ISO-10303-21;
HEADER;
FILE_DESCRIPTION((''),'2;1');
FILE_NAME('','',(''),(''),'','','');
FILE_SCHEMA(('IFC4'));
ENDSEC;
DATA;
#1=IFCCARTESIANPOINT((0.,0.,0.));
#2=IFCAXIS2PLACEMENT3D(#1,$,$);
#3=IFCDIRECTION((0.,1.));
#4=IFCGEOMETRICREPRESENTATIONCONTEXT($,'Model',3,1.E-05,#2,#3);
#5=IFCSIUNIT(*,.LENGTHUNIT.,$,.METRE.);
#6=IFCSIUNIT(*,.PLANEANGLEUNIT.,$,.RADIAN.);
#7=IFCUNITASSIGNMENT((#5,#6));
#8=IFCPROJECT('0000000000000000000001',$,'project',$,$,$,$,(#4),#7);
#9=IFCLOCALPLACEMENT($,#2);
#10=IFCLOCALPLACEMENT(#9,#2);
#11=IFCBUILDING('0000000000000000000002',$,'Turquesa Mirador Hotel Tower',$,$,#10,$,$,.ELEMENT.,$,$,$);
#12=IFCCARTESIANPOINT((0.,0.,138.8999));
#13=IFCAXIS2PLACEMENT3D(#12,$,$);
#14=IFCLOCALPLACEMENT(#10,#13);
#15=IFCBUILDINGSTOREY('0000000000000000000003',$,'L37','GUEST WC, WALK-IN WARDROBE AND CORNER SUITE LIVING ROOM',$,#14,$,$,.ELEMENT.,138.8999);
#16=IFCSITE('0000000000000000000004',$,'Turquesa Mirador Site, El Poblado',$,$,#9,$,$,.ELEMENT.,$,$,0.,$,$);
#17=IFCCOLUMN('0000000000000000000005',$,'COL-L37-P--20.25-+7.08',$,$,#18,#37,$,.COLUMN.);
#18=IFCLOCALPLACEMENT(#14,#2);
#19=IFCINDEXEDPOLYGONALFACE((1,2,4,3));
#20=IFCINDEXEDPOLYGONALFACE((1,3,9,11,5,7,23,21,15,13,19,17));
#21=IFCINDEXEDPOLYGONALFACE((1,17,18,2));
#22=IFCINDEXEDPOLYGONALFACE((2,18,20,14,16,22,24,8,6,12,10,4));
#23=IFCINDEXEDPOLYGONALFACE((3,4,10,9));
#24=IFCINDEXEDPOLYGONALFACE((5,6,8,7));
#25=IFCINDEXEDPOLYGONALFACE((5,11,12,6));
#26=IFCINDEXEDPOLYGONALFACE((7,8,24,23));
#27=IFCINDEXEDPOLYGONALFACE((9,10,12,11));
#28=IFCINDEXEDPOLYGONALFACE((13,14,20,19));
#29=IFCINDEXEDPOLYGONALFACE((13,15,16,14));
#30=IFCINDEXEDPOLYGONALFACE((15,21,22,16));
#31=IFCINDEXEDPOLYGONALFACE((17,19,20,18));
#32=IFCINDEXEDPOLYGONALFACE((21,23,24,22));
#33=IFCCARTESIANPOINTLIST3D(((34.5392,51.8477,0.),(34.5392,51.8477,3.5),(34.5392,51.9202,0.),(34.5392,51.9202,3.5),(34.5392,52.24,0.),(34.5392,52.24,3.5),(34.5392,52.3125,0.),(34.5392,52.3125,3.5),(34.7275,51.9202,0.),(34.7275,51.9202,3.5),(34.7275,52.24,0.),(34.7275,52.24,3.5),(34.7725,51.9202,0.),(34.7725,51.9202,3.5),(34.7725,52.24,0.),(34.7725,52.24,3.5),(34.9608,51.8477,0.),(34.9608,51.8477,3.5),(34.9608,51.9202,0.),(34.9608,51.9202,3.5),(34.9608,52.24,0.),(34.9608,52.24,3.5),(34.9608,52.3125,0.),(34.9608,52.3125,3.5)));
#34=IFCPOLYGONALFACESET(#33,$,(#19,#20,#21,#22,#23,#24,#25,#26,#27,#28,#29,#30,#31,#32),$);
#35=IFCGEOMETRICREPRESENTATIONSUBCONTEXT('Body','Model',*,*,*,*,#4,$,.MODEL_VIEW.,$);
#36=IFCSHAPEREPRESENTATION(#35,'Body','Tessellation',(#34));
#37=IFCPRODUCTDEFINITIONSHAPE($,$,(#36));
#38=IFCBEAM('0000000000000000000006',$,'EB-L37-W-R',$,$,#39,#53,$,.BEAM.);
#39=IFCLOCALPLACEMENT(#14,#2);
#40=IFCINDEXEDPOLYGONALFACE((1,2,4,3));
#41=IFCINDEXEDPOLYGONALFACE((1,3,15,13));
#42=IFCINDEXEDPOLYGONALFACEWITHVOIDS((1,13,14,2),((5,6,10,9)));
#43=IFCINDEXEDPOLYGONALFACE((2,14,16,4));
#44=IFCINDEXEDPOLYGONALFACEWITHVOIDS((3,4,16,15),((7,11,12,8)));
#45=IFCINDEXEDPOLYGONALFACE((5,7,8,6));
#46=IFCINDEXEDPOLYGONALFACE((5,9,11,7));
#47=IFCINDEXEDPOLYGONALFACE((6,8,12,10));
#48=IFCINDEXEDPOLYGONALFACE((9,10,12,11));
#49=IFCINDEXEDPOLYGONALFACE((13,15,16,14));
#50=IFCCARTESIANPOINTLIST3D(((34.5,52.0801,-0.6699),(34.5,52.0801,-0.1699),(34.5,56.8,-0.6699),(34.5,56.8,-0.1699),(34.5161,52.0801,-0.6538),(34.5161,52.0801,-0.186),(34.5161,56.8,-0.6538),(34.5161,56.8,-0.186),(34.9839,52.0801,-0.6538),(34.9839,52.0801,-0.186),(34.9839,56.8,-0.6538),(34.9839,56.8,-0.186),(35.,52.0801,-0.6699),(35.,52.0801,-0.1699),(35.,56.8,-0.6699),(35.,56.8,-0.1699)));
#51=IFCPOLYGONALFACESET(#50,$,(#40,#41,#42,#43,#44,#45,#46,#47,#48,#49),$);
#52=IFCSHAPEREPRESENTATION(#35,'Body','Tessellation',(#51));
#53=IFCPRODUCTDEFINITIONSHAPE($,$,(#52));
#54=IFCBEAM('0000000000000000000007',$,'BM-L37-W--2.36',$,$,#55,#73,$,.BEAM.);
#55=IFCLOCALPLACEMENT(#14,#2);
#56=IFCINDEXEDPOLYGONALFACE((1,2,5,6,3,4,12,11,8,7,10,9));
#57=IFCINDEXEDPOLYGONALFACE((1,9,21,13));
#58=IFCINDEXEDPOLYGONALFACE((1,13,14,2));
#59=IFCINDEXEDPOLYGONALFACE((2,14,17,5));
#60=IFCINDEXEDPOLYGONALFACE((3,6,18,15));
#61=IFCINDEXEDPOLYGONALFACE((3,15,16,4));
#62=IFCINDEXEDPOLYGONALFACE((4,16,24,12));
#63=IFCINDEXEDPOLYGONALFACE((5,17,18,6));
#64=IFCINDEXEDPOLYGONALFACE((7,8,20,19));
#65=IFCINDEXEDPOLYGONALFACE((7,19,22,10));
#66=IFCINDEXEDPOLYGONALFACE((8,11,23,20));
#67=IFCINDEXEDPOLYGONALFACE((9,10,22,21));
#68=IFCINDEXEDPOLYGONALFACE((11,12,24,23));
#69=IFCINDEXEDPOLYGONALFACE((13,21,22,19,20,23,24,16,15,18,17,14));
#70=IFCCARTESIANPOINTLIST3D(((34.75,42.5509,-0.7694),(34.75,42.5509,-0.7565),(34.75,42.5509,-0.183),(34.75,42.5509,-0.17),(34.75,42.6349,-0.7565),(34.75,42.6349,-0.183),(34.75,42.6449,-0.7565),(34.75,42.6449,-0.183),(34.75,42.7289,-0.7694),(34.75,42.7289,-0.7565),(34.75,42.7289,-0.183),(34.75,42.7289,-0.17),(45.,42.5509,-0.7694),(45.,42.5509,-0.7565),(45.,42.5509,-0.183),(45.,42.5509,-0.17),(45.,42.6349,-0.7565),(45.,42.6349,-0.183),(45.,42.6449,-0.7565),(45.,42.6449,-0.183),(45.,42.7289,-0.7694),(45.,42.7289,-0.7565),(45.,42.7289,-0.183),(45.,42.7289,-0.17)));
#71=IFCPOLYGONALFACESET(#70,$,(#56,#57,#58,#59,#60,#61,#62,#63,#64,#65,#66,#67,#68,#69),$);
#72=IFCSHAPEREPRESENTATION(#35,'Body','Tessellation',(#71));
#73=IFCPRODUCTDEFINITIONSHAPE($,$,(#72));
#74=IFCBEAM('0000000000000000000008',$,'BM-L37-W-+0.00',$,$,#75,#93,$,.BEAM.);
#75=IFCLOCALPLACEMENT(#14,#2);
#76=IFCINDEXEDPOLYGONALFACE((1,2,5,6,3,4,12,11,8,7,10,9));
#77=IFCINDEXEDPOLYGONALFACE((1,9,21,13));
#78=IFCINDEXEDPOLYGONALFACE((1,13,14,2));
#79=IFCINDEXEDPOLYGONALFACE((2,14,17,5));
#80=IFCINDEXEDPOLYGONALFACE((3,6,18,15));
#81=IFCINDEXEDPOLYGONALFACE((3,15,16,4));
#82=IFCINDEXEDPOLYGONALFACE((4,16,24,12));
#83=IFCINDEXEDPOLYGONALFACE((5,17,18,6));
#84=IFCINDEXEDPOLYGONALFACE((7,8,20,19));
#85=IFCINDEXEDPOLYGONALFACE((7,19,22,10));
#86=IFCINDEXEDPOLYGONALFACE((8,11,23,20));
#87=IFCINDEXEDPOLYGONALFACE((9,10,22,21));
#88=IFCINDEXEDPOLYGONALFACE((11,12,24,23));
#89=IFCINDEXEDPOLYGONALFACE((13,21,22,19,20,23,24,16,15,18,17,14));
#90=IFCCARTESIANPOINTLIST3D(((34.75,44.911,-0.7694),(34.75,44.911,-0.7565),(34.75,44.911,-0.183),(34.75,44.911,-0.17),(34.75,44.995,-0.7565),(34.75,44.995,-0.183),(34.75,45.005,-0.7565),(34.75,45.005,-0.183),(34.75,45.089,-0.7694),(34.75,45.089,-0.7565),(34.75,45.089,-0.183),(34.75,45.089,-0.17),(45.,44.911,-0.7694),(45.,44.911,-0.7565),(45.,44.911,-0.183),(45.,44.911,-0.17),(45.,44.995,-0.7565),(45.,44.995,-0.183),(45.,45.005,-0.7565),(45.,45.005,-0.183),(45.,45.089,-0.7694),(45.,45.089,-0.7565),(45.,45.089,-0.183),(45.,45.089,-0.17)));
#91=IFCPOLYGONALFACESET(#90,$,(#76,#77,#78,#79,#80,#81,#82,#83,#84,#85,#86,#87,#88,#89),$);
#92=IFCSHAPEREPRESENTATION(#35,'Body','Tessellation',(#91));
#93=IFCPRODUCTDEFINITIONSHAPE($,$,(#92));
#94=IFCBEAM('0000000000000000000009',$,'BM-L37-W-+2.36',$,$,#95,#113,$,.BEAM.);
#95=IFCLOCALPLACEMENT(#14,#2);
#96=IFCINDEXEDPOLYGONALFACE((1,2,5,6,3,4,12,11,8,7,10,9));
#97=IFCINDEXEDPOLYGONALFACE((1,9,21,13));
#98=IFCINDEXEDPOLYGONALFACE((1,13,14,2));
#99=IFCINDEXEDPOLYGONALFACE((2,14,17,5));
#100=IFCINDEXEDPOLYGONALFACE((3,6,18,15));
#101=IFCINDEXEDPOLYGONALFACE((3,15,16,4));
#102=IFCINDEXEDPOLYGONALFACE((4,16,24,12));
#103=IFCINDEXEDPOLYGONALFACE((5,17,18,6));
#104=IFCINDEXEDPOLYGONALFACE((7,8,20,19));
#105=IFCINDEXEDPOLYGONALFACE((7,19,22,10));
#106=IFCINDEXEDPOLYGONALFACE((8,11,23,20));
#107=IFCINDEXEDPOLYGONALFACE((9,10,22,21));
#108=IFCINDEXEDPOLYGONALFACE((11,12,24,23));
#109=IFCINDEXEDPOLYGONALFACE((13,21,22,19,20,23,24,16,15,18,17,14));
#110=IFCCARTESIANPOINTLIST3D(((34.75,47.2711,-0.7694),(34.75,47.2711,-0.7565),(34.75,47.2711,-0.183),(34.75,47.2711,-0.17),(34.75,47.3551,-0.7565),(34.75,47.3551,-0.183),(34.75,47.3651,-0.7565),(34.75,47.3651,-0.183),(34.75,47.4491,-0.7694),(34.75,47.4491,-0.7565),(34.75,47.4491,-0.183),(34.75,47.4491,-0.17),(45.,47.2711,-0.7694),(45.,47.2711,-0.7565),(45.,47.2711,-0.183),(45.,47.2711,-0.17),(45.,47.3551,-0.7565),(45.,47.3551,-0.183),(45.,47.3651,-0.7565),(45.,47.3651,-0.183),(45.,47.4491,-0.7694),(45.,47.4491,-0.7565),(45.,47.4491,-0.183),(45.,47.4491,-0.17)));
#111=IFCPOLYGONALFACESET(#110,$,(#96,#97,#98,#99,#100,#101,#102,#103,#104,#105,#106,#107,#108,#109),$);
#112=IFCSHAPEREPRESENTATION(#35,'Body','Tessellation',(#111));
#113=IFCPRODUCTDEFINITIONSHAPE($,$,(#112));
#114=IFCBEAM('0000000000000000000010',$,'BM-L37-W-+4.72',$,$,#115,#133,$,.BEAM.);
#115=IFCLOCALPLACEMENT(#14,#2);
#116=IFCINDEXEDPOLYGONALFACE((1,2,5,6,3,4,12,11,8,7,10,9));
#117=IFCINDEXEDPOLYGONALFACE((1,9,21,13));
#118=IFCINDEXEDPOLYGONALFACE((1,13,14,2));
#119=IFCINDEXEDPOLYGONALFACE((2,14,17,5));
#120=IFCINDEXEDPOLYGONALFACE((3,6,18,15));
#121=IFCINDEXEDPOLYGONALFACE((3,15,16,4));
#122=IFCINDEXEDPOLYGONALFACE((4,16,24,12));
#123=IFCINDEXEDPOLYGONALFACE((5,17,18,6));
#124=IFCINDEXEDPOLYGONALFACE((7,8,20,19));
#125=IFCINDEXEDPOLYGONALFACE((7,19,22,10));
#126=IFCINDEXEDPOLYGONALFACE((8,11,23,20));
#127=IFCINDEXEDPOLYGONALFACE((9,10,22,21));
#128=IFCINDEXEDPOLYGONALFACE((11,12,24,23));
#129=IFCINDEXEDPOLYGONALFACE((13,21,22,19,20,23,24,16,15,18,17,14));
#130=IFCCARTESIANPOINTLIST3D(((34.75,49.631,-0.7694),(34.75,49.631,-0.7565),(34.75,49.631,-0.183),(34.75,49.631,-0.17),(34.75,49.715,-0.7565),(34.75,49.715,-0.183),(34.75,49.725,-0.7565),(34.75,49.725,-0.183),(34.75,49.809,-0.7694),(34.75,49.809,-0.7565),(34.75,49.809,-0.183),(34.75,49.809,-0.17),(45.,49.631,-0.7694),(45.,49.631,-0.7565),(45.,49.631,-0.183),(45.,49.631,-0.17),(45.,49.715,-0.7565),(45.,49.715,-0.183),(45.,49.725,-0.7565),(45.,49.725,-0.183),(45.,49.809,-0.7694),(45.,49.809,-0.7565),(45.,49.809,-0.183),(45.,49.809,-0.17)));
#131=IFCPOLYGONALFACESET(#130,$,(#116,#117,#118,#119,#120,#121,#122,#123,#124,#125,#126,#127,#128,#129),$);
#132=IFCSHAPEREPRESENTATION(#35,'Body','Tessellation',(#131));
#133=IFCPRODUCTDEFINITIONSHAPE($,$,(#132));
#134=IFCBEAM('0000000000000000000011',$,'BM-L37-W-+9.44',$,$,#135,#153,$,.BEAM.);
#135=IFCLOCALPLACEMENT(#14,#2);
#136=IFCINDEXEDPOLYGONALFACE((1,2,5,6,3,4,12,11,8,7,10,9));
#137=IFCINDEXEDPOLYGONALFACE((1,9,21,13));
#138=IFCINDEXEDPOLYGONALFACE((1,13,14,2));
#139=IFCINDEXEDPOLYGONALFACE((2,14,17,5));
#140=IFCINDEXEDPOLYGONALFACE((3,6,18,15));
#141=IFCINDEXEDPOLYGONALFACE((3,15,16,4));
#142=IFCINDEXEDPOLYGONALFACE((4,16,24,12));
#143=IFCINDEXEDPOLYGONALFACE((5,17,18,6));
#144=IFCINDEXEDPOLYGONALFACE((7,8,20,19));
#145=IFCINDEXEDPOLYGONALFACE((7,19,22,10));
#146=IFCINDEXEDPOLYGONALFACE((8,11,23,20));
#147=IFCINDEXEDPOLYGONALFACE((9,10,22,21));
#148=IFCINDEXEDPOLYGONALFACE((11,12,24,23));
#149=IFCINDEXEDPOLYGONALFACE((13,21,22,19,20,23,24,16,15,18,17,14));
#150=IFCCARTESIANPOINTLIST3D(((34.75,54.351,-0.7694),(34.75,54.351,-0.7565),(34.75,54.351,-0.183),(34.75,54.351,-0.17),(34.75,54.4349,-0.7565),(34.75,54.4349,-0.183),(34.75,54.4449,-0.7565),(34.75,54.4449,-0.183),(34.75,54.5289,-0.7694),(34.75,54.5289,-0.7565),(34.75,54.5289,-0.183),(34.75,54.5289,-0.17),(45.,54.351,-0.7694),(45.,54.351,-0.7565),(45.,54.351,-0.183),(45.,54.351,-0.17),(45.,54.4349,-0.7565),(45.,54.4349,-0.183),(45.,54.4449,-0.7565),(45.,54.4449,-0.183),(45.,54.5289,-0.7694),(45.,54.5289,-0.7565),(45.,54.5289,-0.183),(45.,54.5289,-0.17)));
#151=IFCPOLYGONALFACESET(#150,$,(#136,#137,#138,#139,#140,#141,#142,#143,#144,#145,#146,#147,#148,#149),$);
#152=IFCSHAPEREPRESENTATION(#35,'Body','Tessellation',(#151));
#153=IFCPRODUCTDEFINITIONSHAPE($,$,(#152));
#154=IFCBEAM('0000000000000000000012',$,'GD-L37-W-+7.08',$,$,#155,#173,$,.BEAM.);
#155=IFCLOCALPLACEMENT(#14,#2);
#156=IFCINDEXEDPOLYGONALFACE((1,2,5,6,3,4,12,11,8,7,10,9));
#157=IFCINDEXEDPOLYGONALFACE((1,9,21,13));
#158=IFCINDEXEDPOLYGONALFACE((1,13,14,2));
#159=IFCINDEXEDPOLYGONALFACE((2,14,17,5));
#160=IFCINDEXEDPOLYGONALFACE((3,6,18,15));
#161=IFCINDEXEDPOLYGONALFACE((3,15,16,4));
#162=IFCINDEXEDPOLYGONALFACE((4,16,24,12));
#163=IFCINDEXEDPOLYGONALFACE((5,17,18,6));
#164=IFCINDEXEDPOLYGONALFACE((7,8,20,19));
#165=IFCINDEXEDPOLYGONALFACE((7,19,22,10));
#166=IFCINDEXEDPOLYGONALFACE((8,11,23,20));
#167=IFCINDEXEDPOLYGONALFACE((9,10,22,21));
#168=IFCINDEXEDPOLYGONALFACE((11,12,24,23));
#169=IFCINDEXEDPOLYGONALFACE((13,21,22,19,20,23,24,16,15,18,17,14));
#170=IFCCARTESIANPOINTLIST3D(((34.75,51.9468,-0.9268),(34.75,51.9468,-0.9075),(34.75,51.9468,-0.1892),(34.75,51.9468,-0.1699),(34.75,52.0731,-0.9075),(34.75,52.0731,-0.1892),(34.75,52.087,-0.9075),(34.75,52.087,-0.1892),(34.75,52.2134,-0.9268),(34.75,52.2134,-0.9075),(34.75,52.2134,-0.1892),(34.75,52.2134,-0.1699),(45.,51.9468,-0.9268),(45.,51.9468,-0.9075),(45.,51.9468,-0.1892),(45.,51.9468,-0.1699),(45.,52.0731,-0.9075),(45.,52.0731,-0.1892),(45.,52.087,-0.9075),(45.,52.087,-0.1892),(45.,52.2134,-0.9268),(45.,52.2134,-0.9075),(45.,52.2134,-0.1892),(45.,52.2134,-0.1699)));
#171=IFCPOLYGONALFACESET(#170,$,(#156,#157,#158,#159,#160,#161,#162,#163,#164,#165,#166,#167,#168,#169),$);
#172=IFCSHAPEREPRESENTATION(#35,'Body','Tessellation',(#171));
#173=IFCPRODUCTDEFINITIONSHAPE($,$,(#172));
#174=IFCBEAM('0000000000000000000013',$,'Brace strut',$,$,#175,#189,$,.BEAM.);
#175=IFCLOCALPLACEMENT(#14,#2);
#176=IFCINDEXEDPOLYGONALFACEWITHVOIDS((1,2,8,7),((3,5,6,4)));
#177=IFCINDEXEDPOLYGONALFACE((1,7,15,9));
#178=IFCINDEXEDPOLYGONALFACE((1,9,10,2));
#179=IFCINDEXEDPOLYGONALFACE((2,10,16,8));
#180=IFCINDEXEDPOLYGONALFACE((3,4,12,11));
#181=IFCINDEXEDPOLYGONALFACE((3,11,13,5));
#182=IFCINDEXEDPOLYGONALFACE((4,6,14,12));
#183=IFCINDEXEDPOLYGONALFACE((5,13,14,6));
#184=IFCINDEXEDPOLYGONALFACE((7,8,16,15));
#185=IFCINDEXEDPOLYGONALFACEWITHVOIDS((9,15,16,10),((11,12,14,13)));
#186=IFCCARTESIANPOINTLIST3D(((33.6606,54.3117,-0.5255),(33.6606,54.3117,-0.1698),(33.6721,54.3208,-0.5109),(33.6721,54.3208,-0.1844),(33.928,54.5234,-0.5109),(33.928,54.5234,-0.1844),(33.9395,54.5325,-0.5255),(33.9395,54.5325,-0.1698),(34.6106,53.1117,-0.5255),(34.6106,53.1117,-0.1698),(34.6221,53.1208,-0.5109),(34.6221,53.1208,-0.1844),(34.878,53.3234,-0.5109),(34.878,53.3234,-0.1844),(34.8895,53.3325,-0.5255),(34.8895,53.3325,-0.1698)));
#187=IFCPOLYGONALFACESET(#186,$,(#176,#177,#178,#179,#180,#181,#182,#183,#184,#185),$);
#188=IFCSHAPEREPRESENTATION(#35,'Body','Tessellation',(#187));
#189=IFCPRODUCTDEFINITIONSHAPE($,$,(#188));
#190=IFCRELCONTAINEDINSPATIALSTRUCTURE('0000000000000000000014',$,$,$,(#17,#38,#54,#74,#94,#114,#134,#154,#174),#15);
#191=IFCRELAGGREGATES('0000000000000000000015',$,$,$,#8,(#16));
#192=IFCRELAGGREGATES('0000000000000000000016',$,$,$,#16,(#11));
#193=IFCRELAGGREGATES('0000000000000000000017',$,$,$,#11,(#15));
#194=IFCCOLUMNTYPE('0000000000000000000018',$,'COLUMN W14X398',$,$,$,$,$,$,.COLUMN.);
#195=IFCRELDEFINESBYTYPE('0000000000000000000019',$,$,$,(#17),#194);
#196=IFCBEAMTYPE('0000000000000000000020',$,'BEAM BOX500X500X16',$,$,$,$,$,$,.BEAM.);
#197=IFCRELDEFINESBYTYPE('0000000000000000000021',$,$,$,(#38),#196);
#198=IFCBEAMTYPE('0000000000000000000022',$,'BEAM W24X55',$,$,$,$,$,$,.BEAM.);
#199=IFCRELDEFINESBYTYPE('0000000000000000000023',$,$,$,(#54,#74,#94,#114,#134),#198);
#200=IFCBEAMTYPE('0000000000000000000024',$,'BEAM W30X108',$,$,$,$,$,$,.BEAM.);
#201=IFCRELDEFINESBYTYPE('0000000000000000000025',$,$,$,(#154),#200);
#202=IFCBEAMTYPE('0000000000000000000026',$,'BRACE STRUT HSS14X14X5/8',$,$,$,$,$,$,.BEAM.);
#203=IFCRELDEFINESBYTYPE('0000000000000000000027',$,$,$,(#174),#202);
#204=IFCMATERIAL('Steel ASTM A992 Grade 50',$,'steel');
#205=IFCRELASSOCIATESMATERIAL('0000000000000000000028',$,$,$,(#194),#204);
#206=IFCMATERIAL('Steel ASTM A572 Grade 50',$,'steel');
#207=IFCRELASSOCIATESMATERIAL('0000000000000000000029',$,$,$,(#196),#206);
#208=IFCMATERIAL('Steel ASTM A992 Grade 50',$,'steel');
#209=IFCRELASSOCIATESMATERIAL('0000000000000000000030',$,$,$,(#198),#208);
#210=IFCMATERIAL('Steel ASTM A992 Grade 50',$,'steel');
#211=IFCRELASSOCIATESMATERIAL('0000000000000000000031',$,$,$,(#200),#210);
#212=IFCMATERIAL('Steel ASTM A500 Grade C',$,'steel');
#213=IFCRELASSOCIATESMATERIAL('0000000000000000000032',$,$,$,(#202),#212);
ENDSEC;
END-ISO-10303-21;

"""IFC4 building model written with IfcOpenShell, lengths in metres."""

from ifc_helpers import new_model, si_unit, direction, frame, origin, origin_2d, place, context, subcontext, project, spatial, hollow_rectangle, i_section, extrude, material, material_profile, profile_set, type_object, element, save


model = new_model("IFC4")

# Units and contexts
model_context = context("Model", 3, precision=1e-05, world=origin(), true_north=direction((0.0, 1.0)))
body_context = subcontext(model_context, "Body", "Model", "MODEL_VIEW")
ifc_project = project(units=[si_unit("LENGTHUNIT", "METRE"), si_unit("PLANEANGLEUNIT", "RADIAN")], contexts=[model_context])

# Site, building, storey
site_placement = place(None, origin())
site = spatial("IfcSite", under=ifc_project, at=site_placement, Name="Turquesa Mirador Site, El Poblado", CompositionType="ELEMENT", RefElevation=0.0)
building_placement = place(site_placement, origin())
building = spatial("IfcBuilding", under=site, at=building_placement, Name="Turquesa Mirador Hotel Tower", CompositionType="ELEMENT")
storey_placement = place(building_placement, frame((0.0, 0.0, 138.8999)))
storey = spatial("IfcBuildingStorey", under=building, at=storey_placement, Name="L37", Description="GUEST WC, WALK-IN WARDROBE AND CORNER SUITE LIVING ROOM", CompositionType="ELEMENT", Elevation=138.8999)

# Column
ifc_material_1 = material(Name="Steel ASTM A992 Grade 50", Category="steel")
ifc_material_profile_1 = material_profile(ifc_material_1, i_section(OverallWidth=0.4216, OverallDepth=0.4648, WebThickness=0.0449, FlangeThickness=0.0725, at=origin_2d()), Name="W14X398")
ifc_profile_set_1 = profile_set([ifc_material_profile_1], Name="Steel ASTM A992 Grade 50")
column_type = type_object("IfcColumnType", Name="COLUMN W14X398", PredefinedType="COLUMN", material=ifc_profile_set_1)
column_placement = place(storey_placement, frame((34.75, 52.0801, 0.0), z_axis=(0.0, 0.0, 1.0), x_axis=(1.0, 0.0, 0.0)))
element("IfcColumn", 1, at=column_placement, inside=storey, type_object=column_type, Name="COL-L37-P--20.25-+7.08", PredefinedType="COLUMN", context=body_context, shape_type="SweptSolid", body=[
    extrude(i_section(OverallWidth=0.4216, OverallDepth=0.4648, WebThickness=0.0449, FlangeThickness=0.0725, at=origin_2d()), origin(), (0.0, 0.0, 1.0), 3.5),
])

# Beams
ifc_material_2 = material(Name="Steel ASTM A572 Grade 50", Category="steel")
ifc_material_profile_2 = material_profile(ifc_material_2, hollow_rectangle(XDim=0.5, YDim=0.5, WallThickness=0.0161, at=origin_2d()), Name="BOX500X500X16")
ifc_profile_set_2 = profile_set([ifc_material_profile_2], Name="Steel ASTM A572 Grade 50")
beam_type_1 = type_object("IfcBeamType", Name="BEAM BOX500X500X16", PredefinedType="BEAM", material=ifc_profile_set_2)
beam_1_placement = place(storey_placement, frame((34.75, 52.0801, -0.4199), z_axis=(0.0, 1.0, 0.0), x_axis=(-1.0, 0.0, 0.0)))
element("IfcBeam", 2, at=beam_1_placement, inside=storey, type_object=beam_type_1, Name="EB-L37-W-R", PredefinedType="BEAM", context=body_context, shape_type="SweptSolid", body=[
    extrude(hollow_rectangle(XDim=0.5, YDim=0.5, WallThickness=0.0161, at=origin_2d()), origin(), (0.0, 0.0, 1.0), 4.72),
])
ifc_material_3 = material(Name="Steel ASTM A992 Grade 50", Category="steel")
ifc_material_profile_3 = material_profile(ifc_material_3, i_section(OverallWidth=0.178, OverallDepth=0.5994, WebThickness=0.01, FlangeThickness=0.0129, at=origin_2d()), Name="W24X55")
ifc_profile_set_3 = profile_set([ifc_material_profile_3], Name="Steel ASTM A992 Grade 50")
beam_type_2 = type_object("IfcBeamType", Name="BEAM W24X55", PredefinedType="BEAM", material=ifc_profile_set_3)
for number, where, z_axis, x_axis, name in (
    (3, (34.75, 42.6399, -0.4697), (1.0, 0.0, 0.0), (0.0, 1.0, 0.0), "BM-L37-W--2.36"),
    (4, (34.75, 45.0, -0.4697), (1.0, 0.0, 0.0), (0.0, 1.0, 0.0), "BM-L37-W-+0.00"),
    (5, (34.75, 47.3601, -0.4697), (1.0, 0.0, 0.0), (0.0, 1.0, 0.0), "BM-L37-W-+2.36"),
    (6, (34.75, 49.72, -0.4697), (1.0, 0.0, 0.0), (0.0, 1.0, 0.0), "BM-L37-W-+4.72"),
    (7, (34.75, 54.4399, -0.4697), (1.0, 0.0, 0.0), (0.0, 1.0, 0.0), "BM-L37-W-+9.44"),
):
    element("IfcBeam", number, at=place(storey_placement, frame(where, z_axis=z_axis, x_axis=x_axis)), inside=storey, type_object=beam_type_2, Name=name, PredefinedType="BEAM", context=body_context, shape_type="SweptSolid", body=[
        extrude(i_section(OverallWidth=0.178, OverallDepth=0.5994, WebThickness=0.01, FlangeThickness=0.0129, at=origin_2d()), origin(), (0.0, 0.0, 1.0), 10.25),
    ])
ifc_material_4 = material(Name="Steel ASTM A992 Grade 50", Category="steel")
ifc_material_profile_4 = material_profile(ifc_material_4, i_section(OverallWidth=0.2666, OverallDepth=0.7568, WebThickness=0.0139, FlangeThickness=0.0193, at=origin_2d()), Name="W30X108")
ifc_profile_set_4 = profile_set([ifc_material_profile_4], Name="Steel ASTM A992 Grade 50")
beam_type_3 = type_object("IfcBeamType", Name="BEAM W30X108", PredefinedType="BEAM", material=ifc_profile_set_4)
beam_2_placement = place(storey_placement, frame((34.75, 52.0801, -0.5483), z_axis=(1.0, 0.0, 0.0), x_axis=(0.0, 1.0, 0.0)))
element("IfcBeam", 8, at=beam_2_placement, inside=storey, type_object=beam_type_3, Name="GD-L37-W-+7.08", PredefinedType="BEAM", context=body_context, shape_type="SweptSolid", body=[
    extrude(i_section(OverallWidth=0.2666, OverallDepth=0.7568, WebThickness=0.0139, FlangeThickness=0.0193, at=origin_2d()), origin(), (0.0, 0.0, 1.0), 10.25),
])
ifc_material_5 = material(Name="Steel ASTM A500 Grade C", Category="steel")
ifc_material_profile_5 = material_profile(ifc_material_5, hollow_rectangle(XDim=0.3557, YDim=0.3557, WallThickness=0.0146, at=origin_2d()), Name="HSS14X14X5/8")
ifc_profile_set_5 = profile_set([ifc_material_profile_5], Name="Steel ASTM A500 Grade C")
beam_type_4 = type_object("IfcBeamType", Name="BRACE STRUT HSS14X14X5/8", PredefinedType="BEAM", material=ifc_profile_set_5)
beam_3_placement = place(storey_placement, frame((33.8, 54.4221, -0.3477), z_axis=(0.620699, -0.784049, 0.0), x_axis=(0.784049, 0.620699, 0.0)))
element("IfcBeam", 9, at=beam_3_placement, inside=storey, type_object=beam_type_4, Name="Brace strut", PredefinedType="BEAM", context=body_context, shape_type="SweptSolid", body=[
    extrude(hollow_rectangle(XDim=0.3557, YDim=0.3557, WallThickness=0.0146, at=origin_2d()), origin(), (0.0, 0.0, 1.0), 1.5305),
])

save(model, "model.ifc")
